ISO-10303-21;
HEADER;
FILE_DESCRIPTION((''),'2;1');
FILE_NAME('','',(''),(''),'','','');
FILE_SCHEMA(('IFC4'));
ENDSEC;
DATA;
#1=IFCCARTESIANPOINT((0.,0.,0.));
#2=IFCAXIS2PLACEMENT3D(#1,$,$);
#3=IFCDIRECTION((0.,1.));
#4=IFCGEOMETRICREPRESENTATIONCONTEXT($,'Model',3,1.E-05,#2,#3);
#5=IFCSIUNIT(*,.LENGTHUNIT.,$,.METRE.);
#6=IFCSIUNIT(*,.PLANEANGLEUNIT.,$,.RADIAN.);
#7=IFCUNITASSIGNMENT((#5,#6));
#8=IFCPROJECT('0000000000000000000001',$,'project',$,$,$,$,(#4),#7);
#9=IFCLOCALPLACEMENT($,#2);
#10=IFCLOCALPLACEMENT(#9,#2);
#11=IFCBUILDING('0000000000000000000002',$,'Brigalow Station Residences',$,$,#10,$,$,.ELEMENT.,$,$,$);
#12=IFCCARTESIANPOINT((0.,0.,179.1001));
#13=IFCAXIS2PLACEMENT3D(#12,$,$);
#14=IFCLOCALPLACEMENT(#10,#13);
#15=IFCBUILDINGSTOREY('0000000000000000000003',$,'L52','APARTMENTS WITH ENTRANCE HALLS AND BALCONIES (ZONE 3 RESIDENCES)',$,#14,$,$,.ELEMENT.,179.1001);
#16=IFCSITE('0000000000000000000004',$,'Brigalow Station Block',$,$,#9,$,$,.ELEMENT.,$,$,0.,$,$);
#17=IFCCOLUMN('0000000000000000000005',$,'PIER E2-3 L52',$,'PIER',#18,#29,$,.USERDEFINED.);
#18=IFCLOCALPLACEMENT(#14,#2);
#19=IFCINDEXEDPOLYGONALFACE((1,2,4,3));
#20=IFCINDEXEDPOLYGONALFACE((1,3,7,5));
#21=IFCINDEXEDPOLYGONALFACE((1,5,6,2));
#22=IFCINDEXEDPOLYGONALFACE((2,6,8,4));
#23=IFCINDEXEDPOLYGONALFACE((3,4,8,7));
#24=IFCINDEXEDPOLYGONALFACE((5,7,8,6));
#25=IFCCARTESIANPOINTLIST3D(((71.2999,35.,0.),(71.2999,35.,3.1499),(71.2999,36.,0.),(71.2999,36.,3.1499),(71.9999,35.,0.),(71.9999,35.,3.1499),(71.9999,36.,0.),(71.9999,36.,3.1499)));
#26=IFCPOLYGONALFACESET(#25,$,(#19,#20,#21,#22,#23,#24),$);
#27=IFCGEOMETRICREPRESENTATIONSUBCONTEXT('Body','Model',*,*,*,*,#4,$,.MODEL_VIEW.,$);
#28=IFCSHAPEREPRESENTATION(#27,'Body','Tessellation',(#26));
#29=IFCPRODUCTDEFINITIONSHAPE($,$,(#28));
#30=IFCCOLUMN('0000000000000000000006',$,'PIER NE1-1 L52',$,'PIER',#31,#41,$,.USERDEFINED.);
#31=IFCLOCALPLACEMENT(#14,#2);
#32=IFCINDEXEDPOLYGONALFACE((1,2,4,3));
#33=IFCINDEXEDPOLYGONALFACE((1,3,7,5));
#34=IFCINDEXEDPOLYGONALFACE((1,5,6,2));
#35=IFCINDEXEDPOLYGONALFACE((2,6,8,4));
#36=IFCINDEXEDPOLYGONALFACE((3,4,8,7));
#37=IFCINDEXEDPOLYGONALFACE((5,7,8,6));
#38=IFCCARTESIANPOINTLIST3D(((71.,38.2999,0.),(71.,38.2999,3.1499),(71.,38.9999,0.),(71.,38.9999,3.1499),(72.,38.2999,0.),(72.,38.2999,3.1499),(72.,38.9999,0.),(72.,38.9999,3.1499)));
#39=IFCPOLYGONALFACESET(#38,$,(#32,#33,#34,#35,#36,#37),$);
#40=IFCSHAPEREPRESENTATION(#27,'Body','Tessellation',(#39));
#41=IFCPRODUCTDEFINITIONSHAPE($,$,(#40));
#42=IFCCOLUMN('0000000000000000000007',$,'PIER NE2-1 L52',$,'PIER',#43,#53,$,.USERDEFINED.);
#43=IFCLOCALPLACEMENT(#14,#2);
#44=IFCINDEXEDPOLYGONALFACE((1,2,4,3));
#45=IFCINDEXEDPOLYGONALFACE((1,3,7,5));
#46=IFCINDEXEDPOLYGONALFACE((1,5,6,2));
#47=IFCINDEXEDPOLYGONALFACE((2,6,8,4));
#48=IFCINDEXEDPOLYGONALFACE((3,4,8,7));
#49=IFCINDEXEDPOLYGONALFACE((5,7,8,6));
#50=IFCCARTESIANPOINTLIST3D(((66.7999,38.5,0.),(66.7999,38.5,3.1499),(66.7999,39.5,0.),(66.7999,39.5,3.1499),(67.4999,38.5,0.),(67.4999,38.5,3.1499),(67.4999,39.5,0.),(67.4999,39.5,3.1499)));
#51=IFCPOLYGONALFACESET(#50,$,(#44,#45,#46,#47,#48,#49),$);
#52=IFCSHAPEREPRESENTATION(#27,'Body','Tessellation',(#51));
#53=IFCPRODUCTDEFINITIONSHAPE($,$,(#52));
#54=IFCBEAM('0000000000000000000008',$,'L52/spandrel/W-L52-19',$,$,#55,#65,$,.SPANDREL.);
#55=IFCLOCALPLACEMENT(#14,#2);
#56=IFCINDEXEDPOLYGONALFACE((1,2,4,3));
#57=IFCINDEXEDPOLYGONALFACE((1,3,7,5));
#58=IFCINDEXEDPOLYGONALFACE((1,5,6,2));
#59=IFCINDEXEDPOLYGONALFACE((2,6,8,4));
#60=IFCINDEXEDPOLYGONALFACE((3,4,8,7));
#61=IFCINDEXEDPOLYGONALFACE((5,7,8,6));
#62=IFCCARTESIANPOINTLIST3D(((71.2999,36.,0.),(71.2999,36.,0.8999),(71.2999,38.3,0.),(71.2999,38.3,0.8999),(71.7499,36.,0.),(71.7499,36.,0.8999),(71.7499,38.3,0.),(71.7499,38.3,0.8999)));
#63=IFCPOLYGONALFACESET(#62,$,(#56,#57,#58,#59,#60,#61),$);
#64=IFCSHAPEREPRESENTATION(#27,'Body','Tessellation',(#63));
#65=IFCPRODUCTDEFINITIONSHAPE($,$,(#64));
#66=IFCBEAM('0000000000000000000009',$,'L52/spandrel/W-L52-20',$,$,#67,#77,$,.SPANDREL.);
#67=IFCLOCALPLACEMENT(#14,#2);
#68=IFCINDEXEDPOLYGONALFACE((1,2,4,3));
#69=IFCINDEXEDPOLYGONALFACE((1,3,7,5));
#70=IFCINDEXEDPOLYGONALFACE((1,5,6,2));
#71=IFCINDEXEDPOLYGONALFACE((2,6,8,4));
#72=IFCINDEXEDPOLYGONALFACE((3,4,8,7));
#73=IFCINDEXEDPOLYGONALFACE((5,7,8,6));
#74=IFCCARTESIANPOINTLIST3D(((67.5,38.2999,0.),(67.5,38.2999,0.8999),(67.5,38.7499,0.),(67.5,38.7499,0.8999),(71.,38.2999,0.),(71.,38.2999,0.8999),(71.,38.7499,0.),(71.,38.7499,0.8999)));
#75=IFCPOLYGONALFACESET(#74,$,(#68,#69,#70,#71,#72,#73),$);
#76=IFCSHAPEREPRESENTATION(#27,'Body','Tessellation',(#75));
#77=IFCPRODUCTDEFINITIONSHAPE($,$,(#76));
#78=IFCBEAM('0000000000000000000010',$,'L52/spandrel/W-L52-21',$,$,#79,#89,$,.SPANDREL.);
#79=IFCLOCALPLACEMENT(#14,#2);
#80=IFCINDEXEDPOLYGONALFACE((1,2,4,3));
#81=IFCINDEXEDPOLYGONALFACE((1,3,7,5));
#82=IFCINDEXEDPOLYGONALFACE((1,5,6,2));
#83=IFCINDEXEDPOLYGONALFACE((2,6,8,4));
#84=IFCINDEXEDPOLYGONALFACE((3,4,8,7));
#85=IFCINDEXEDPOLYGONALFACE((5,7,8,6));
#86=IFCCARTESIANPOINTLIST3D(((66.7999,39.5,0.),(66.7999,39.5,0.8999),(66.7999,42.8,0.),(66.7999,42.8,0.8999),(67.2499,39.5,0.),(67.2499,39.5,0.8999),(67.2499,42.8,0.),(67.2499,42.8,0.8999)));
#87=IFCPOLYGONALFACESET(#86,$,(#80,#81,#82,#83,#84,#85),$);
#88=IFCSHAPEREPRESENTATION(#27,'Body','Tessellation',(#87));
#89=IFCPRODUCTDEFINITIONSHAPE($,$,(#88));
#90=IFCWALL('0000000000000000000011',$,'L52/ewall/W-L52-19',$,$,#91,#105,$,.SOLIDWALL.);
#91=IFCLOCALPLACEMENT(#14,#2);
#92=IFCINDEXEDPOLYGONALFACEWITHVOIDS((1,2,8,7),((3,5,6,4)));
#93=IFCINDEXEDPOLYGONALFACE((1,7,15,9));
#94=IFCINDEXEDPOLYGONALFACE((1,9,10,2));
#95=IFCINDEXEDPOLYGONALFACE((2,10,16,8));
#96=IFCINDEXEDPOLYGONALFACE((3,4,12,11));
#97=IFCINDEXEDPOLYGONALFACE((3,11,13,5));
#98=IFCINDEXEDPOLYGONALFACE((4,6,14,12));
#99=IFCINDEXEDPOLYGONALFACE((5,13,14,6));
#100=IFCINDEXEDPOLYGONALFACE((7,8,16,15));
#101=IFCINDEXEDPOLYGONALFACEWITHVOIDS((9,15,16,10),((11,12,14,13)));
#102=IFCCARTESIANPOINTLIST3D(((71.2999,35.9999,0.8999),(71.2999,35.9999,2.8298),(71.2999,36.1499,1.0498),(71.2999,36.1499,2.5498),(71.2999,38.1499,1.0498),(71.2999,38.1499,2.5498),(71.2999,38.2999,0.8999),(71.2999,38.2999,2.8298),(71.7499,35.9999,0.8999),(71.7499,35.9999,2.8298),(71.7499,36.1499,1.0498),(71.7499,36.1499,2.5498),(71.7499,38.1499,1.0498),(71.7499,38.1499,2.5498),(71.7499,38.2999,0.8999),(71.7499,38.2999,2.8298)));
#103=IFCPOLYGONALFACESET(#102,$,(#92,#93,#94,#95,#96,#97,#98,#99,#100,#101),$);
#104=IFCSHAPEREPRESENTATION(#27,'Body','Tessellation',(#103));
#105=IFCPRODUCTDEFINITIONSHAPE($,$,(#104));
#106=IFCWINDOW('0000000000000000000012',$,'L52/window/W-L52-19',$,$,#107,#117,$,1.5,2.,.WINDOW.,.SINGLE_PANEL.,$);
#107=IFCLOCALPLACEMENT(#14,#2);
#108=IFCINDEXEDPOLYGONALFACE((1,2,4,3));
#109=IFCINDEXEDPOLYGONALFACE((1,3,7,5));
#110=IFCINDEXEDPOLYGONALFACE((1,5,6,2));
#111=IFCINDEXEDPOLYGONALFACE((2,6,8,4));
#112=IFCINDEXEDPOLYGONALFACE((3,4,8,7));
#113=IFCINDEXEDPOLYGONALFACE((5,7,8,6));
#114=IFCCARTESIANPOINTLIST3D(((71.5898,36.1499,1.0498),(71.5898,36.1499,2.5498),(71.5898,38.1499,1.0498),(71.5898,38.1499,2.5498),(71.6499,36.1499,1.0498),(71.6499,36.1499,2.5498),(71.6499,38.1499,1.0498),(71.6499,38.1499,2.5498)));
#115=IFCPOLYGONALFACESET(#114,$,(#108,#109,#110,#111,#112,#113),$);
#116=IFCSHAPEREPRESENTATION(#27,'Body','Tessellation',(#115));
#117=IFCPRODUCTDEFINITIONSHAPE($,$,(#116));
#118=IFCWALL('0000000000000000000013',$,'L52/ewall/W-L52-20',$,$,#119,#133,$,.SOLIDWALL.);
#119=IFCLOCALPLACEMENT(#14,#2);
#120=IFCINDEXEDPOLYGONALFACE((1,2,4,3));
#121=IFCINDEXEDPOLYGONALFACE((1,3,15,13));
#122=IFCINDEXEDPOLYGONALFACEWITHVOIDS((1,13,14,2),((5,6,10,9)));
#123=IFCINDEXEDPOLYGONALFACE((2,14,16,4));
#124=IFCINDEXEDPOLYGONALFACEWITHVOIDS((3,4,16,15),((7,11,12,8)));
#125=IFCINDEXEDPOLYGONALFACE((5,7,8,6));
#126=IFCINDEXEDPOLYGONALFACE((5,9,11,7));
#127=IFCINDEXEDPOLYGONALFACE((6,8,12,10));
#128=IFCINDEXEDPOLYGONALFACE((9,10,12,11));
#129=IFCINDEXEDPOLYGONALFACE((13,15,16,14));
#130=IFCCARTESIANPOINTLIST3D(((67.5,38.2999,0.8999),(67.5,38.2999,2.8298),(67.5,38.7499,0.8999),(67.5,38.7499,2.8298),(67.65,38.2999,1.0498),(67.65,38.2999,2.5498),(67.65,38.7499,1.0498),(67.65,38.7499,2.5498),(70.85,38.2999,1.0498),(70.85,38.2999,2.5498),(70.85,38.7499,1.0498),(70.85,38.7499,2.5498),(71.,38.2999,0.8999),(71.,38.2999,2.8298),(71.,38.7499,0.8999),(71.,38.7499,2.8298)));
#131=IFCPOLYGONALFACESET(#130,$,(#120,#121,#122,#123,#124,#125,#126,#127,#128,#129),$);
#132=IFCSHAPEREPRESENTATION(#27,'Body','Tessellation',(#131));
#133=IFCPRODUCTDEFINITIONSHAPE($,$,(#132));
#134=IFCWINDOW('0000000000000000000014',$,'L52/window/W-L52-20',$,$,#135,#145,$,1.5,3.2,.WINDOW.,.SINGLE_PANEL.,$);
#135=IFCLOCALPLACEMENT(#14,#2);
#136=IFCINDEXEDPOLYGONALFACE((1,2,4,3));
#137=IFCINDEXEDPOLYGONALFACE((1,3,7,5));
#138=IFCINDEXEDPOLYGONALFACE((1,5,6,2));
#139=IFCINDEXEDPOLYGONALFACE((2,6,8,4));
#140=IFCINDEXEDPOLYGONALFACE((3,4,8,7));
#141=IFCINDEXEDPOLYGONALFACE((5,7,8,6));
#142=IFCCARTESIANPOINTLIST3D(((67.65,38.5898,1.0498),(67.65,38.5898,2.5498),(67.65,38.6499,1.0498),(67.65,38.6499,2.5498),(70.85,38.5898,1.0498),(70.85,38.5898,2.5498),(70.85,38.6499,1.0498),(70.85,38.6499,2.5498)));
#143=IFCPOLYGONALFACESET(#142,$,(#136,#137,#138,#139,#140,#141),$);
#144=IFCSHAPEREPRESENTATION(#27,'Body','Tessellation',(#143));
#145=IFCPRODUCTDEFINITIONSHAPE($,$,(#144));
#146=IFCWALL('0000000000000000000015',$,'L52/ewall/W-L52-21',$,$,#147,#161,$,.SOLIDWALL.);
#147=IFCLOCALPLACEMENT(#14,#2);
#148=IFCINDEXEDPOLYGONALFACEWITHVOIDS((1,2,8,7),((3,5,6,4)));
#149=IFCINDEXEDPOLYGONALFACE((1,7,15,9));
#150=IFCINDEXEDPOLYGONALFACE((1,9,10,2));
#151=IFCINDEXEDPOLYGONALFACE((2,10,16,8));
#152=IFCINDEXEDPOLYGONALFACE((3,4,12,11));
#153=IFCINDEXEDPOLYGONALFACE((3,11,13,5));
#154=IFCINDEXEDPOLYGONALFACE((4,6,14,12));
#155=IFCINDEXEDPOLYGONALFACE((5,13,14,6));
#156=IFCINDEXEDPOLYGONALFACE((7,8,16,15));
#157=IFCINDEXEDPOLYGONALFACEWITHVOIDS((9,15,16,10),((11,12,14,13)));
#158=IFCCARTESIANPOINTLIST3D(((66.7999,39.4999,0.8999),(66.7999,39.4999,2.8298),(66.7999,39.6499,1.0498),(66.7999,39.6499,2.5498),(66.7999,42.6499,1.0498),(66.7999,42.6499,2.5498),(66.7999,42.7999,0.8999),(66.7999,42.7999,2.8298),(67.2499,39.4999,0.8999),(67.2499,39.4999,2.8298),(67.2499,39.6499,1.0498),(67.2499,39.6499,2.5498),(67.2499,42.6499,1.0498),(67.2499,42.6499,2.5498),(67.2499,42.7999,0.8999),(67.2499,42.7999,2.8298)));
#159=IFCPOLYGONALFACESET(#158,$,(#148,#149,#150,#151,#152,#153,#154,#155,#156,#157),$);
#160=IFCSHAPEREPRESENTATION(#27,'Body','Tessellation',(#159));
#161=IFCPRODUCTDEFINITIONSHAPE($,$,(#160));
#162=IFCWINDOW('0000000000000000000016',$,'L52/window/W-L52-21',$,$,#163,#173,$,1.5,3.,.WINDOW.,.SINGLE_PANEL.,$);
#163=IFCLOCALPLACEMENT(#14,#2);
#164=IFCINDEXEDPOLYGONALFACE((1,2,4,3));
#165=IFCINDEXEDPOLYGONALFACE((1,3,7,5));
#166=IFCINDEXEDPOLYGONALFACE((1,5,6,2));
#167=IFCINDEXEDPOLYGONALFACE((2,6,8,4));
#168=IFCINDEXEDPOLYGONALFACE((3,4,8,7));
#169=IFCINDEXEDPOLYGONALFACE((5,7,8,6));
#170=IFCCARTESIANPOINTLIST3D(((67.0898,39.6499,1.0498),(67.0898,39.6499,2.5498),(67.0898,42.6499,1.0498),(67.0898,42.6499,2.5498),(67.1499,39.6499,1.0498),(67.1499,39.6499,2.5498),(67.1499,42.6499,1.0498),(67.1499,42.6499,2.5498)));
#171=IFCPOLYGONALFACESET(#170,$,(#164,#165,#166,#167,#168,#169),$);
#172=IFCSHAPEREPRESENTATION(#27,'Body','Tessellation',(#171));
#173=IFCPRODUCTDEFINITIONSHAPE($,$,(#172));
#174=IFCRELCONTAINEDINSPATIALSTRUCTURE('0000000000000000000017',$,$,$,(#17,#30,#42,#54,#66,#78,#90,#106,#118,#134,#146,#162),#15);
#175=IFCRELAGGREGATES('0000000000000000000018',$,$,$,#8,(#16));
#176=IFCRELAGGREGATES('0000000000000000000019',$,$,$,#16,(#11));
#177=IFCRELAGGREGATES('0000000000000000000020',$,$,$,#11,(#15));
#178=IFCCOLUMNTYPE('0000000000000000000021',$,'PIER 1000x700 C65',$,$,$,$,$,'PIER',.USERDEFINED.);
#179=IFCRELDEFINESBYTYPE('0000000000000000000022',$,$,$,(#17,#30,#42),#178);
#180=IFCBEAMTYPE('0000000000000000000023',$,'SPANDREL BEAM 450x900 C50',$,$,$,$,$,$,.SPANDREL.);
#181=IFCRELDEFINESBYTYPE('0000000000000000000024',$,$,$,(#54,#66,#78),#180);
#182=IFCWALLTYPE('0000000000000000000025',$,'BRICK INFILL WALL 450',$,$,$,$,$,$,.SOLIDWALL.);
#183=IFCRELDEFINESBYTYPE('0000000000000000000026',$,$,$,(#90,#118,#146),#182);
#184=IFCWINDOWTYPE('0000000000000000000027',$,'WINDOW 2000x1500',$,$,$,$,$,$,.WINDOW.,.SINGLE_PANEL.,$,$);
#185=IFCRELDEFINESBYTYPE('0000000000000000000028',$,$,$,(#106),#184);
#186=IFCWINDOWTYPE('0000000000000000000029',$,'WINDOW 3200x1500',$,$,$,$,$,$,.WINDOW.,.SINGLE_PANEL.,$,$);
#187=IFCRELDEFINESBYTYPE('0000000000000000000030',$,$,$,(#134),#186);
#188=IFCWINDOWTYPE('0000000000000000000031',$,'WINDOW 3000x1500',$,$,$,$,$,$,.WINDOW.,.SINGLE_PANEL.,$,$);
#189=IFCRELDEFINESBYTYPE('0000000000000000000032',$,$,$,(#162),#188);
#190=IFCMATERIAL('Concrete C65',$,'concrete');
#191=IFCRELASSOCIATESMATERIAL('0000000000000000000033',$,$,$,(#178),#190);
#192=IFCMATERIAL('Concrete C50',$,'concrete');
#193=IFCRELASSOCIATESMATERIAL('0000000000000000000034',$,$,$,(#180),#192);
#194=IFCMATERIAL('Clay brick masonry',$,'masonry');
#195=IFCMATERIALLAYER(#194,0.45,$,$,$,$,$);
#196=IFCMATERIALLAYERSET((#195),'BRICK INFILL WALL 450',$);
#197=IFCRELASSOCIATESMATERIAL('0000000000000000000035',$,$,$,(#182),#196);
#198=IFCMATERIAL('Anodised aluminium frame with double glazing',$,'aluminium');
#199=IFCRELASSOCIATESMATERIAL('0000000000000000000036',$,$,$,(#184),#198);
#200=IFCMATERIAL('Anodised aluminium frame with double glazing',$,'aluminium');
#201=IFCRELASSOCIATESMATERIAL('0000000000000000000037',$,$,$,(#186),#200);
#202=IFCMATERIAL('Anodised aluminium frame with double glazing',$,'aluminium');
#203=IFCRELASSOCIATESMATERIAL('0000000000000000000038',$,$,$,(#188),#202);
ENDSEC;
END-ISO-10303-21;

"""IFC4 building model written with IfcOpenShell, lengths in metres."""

from ifc_helpers import new_model, si_unit, direction, frame, frame_2d, origin, origin_2d, place, context, subcontext, project, spatial, rectangle, extrude, material, layer, layer_set, material_profile, profile_set, type_object, element, fill, save


model = new_model("IFC4")

# Units and contexts
model_context = context("Model", 3, precision=1e-05, world=origin(), true_north=direction((0.0, 1.0)))
body_context = subcontext(model_context, "Body", "Model", "MODEL_VIEW")
ifc_project = project(units=[si_unit("LENGTHUNIT", "METRE"), si_unit("PLANEANGLEUNIT", "RADIAN")], contexts=[model_context])

# Site, building, storey
site_placement = place(None, origin())
site = spatial("IfcSite", under=ifc_project, at=site_placement, Name="Brigalow Station Block", CompositionType="ELEMENT", RefElevation=0.0)
building_placement = place(site_placement, origin())
building = spatial("IfcBuilding", under=site, at=building_placement, Name="Brigalow Station Residences", CompositionType="ELEMENT")
storey_placement = place(building_placement, frame((0.0, 0.0, 179.1001)))
storey = spatial("IfcBuildingStorey", under=building, at=storey_placement, Name="L52", Description="APARTMENTS WITH ENTRANCE HALLS AND BALCONIES (ZONE 3 RESIDENCES)", CompositionType="ELEMENT", Elevation=179.1001)

# Columns
ifc_material_1 = material(Name="Concrete C65", Category="concrete")
ifc_material_profile_1 = material_profile(ifc_material_1, rectangle(XDim=1.0, YDim=0.7, at=origin_2d()), Name="RC1000x700")
ifc_profile_set_1 = profile_set([ifc_material_profile_1], Name="Concrete C65")
column_type = type_object("IfcColumnType", Name="PIER 1000x700 C65", ElementType="PIER", PredefinedType="USERDEFINED", material=ifc_profile_set_1)
for number, where, z_axis, x_axis, name in (
    (1, (71.6499, 35.5, 0.0), (0.0, 0.0, 1.0), (0.0, 1.0, 0.0), "PIER E2-3 L52"),
    (2, (71.5, 38.6499, 0.0), (0.0, 0.0, 1.0), (-1.0, 0.0, 0.0), "PIER NE1-1 L52"),
    (3, (67.1499, 39.0, 0.0), (0.0, 0.0, 1.0), (0.0, 1.0, 0.0), "PIER NE2-1 L52"),
):
    element("IfcColumn", number, at=place(storey_placement, frame(where, z_axis=z_axis, x_axis=x_axis)), inside=storey, type_object=column_type, Name=name, ObjectType="PIER", PredefinedType="USERDEFINED", context=body_context, shape_type="SweptSolid", body=[
        extrude(rectangle(XDim=1.0, YDim=0.7, at=origin_2d()), origin(), (0.0, 0.0, 1.0), 3.1499),
    ])

# Beams
ifc_material_2 = material(Name="Concrete C50", Category="concrete")
ifc_material_profile_2 = material_profile(ifc_material_2, rectangle(XDim=0.45, YDim=0.8999, at=origin_2d()), Name="RC450x900")
ifc_profile_set_2 = profile_set([ifc_material_profile_2], Name="Concrete C50")
beam_type = type_object("IfcBeamType", Name="SPANDREL BEAM 450x900 C50", PredefinedType="SPANDREL", material=ifc_profile_set_2)
beam_1_placement = place(storey_placement, frame((71.5249, 36.0, 0.45), z_axis=(0.0, 1.0, 0.0), x_axis=(-1.0, 0.0, 0.0)))
element("IfcBeam", 4, at=beam_1_placement, inside=storey, type_object=beam_type, Name="L52/spandrel/W-L52-19", PredefinedType="SPANDREL", context=body_context, shape_type="SweptSolid", body=[
    extrude(rectangle(XDim=0.45, YDim=0.8999, at=origin_2d()), origin(), (0.0, 0.0, 1.0), 2.3),
])
beam_2_placement = place(storey_placement, frame((71.0, 38.5249, 0.45), z_axis=(-1.0, 0.0, 0.0), x_axis=(0.0, -1.0, 0.0)))
element("IfcBeam", 5, at=beam_2_placement, inside=storey, type_object=beam_type, Name="L52/spandrel/W-L52-20", PredefinedType="SPANDREL", context=body_context, shape_type="SweptSolid", body=[
    extrude(rectangle(XDim=0.45, YDim=0.8999, at=origin_2d()), origin(), (0.0, 0.0, 1.0), 3.5),
])
beam_3_placement = place(storey_placement, frame((67.0249, 39.5, 0.45), z_axis=(0.0, 1.0, 0.0), x_axis=(-1.0, 0.0, 0.0)))
element("IfcBeam", 6, at=beam_3_placement, inside=storey, type_object=beam_type, Name="L52/spandrel/W-L52-21", PredefinedType="SPANDREL", context=body_context, shape_type="SweptSolid", body=[
    extrude(rectangle(XDim=0.45, YDim=0.8999, at=origin_2d()), origin(), (0.0, 0.0, 1.0), 3.3),
])

# Walls, openings, windows
ifc_material_3 = material(Name="Clay brick masonry", Category="masonry")
ifc_layer_1 = layer(ifc_material_3, 0.45)
ifc_layer_set_1 = layer_set([ifc_layer_1], Name="BRICK INFILL WALL 450")
wall_type_1 = type_object("IfcWallType", Name="BRICK INFILL WALL 450", PredefinedType="SOLIDWALL", material=ifc_layer_set_1)
wall_1_placement = place(storey_placement, frame((71.5249, 36.0, 0.8999), z_axis=(0.0, 0.0, 1.0), x_axis=(0.0, 1.0, 0.0)))
wall_1 = element("IfcWall", 7, at=wall_1_placement, inside=storey, type_object=wall_type_1, Name="L52/ewall/W-L52-19", PredefinedType="SOLIDWALL", context=body_context, shape_type="SweptSolid", body=[
    extrude(rectangle(XDim=2.3, YDim=0.45, at=frame_2d((1.1499, 0.0))), origin(), (0.0, 0.0, 1.0), 1.9299),
])
opening_1_placement = place(wall_1_placement, frame((0.1499, 0.0, 0.1499)))
opening_1 = element("IfcOpeningElement", 8, at=opening_1_placement, cuts=wall_1, PredefinedType="OPENING", context=body_context, shape_type="SweptSolid", body=[
    extrude(rectangle(XDim=2.0, YDim=1.5, at=frame_2d((1.0, 0.75))), frame((0.0, 0.2349, 0.0), z_axis=(0.0, -1.0, 0.0), x_axis=(1.0, 0.0, 0.0)), (0.0, 0.0, 1.0), 0.47),
])
ifc_material_4 = material(Name="Anodised aluminium frame with double glazing", Category="aluminium")
window_type_1 = type_object("IfcWindowType", Name="WINDOW 2000x1500", PartitioningType="SINGLE_PANEL", PredefinedType="WINDOW", material=ifc_material_4)
window_1_placement = place(opening_1_placement, origin())
window_1 = element("IfcWindow", 9, at=window_1_placement, inside=storey, type_object=window_type_1, Name="L52/window/W-L52-19", OverallHeight=1.5, OverallWidth=2.0, PartitioningType="SINGLE_PANEL", PredefinedType="WINDOW", context=body_context, shape_type="SweptSolid", body=[
    extrude(rectangle(XDim=2.0, YDim=1.5, at=frame_2d((1.0, 0.75))), frame((0.0, -0.0649, 0.0), z_axis=(0.0, -1.0, 0.0), x_axis=(1.0, 0.0, 0.0)), (0.0, 0.0, 1.0), 0.0601),
])
fill(opening_1, window_1)
wall_2_placement = place(storey_placement, frame((71.0, 38.5249, 0.8999), z_axis=(0.0, 0.0, 1.0), x_axis=(-1.0, 0.0, 0.0)))
wall_2 = element("IfcWall", 10, at=wall_2_placement, inside=storey, type_object=wall_type_1, Name="L52/ewall/W-L52-20", PredefinedType="SOLIDWALL", context=body_context, shape_type="SweptSolid", body=[
    extrude(rectangle(XDim=3.5, YDim=0.45, at=frame_2d((1.75, 0.0))), origin(), (0.0, 0.0, 1.0), 1.9299),
])
opening_2_placement = place(wall_2_placement, frame((0.1499, 0.0, 0.1499)))
opening_2 = element("IfcOpeningElement", 11, at=opening_2_placement, cuts=wall_2, PredefinedType="OPENING", context=body_context, shape_type="SweptSolid", body=[
    extrude(rectangle(XDim=3.2, YDim=1.5, at=frame_2d((1.6001, 0.75))), frame((0.0, 0.2349, 0.0), z_axis=(0.0, -1.0, 0.0), x_axis=(1.0, 0.0, 0.0)), (0.0, 0.0, 1.0), 0.47),
])
ifc_material_5 = material(Name="Anodised aluminium frame with double glazing", Category="aluminium")
window_type_2 = type_object("IfcWindowType", Name="WINDOW 3200x1500", PartitioningType="SINGLE_PANEL", PredefinedType="WINDOW", material=ifc_material_5)
window_2_placement = place(opening_2_placement, origin())
window_2 = element("IfcWindow", 12, at=window_2_placement, inside=storey, type_object=window_type_2, Name="L52/window/W-L52-20", OverallHeight=1.5, OverallWidth=3.2, PartitioningType="SINGLE_PANEL", PredefinedType="WINDOW", context=body_context, shape_type="SweptSolid", body=[
    extrude(rectangle(XDim=3.2, YDim=1.5, at=frame_2d((1.6001, 0.75))), frame((0.0, -0.0649, 0.0), z_axis=(0.0, -1.0, 0.0), x_axis=(1.0, 0.0, 0.0)), (0.0, 0.0, 1.0), 0.0601),
])
fill(opening_2, window_2)
wall_3_placement = place(storey_placement, frame((67.0249, 39.5, 0.8999), z_axis=(0.0, 0.0, 1.0), x_axis=(0.0, 1.0, 0.0)))
wall_3 = element("IfcWall", 13, at=wall_3_placement, inside=storey, type_object=wall_type_1, Name="L52/ewall/W-L52-21", PredefinedType="SOLIDWALL", context=body_context, shape_type="SweptSolid", body=[
    extrude(rectangle(XDim=3.3, YDim=0.45, at=frame_2d((1.6499, 0.0))), origin(), (0.0, 0.0, 1.0), 1.9299),
])
opening_3_placement = place(wall_3_placement, frame((0.1499, 0.0, 0.1499)))
opening_3 = element("IfcOpeningElement", 14, at=opening_3_placement, cuts=wall_3, PredefinedType="OPENING", context=body_context, shape_type="SweptSolid", body=[
    extrude(rectangle(XDim=3.0, YDim=1.5, at=frame_2d((1.5, 0.75))), frame((0.0, 0.2349, 0.0), z_axis=(0.0, -1.0, 0.0), x_axis=(1.0, 0.0, 0.0)), (0.0, 0.0, 1.0), 0.47),
])
ifc_material_6 = material(Name="Anodised aluminium frame with double glazing", Category="aluminium")
window_type_3 = type_object("IfcWindowType", Name="WINDOW 3000x1500", PartitioningType="SINGLE_PANEL", PredefinedType="WINDOW", material=ifc_material_6)
window_3_placement = place(opening_3_placement, origin())
window_3 = element("IfcWindow", 15, at=window_3_placement, inside=storey, type_object=window_type_3, Name="L52/window/W-L52-21", OverallHeight=1.5, OverallWidth=3.0, PartitioningType="SINGLE_PANEL", PredefinedType="WINDOW", context=body_context, shape_type="SweptSolid", body=[
    extrude(rectangle(XDim=3.0, YDim=1.5, at=frame_2d((1.5, 0.75))), frame((0.0, -0.0649, 0.0), z_axis=(0.0, -1.0, 0.0), x_axis=(1.0, 0.0, 0.0)), (0.0, 0.0, 1.0), 0.0601),
])
fill(opening_3, window_3)

save(model, "model.ifc")
